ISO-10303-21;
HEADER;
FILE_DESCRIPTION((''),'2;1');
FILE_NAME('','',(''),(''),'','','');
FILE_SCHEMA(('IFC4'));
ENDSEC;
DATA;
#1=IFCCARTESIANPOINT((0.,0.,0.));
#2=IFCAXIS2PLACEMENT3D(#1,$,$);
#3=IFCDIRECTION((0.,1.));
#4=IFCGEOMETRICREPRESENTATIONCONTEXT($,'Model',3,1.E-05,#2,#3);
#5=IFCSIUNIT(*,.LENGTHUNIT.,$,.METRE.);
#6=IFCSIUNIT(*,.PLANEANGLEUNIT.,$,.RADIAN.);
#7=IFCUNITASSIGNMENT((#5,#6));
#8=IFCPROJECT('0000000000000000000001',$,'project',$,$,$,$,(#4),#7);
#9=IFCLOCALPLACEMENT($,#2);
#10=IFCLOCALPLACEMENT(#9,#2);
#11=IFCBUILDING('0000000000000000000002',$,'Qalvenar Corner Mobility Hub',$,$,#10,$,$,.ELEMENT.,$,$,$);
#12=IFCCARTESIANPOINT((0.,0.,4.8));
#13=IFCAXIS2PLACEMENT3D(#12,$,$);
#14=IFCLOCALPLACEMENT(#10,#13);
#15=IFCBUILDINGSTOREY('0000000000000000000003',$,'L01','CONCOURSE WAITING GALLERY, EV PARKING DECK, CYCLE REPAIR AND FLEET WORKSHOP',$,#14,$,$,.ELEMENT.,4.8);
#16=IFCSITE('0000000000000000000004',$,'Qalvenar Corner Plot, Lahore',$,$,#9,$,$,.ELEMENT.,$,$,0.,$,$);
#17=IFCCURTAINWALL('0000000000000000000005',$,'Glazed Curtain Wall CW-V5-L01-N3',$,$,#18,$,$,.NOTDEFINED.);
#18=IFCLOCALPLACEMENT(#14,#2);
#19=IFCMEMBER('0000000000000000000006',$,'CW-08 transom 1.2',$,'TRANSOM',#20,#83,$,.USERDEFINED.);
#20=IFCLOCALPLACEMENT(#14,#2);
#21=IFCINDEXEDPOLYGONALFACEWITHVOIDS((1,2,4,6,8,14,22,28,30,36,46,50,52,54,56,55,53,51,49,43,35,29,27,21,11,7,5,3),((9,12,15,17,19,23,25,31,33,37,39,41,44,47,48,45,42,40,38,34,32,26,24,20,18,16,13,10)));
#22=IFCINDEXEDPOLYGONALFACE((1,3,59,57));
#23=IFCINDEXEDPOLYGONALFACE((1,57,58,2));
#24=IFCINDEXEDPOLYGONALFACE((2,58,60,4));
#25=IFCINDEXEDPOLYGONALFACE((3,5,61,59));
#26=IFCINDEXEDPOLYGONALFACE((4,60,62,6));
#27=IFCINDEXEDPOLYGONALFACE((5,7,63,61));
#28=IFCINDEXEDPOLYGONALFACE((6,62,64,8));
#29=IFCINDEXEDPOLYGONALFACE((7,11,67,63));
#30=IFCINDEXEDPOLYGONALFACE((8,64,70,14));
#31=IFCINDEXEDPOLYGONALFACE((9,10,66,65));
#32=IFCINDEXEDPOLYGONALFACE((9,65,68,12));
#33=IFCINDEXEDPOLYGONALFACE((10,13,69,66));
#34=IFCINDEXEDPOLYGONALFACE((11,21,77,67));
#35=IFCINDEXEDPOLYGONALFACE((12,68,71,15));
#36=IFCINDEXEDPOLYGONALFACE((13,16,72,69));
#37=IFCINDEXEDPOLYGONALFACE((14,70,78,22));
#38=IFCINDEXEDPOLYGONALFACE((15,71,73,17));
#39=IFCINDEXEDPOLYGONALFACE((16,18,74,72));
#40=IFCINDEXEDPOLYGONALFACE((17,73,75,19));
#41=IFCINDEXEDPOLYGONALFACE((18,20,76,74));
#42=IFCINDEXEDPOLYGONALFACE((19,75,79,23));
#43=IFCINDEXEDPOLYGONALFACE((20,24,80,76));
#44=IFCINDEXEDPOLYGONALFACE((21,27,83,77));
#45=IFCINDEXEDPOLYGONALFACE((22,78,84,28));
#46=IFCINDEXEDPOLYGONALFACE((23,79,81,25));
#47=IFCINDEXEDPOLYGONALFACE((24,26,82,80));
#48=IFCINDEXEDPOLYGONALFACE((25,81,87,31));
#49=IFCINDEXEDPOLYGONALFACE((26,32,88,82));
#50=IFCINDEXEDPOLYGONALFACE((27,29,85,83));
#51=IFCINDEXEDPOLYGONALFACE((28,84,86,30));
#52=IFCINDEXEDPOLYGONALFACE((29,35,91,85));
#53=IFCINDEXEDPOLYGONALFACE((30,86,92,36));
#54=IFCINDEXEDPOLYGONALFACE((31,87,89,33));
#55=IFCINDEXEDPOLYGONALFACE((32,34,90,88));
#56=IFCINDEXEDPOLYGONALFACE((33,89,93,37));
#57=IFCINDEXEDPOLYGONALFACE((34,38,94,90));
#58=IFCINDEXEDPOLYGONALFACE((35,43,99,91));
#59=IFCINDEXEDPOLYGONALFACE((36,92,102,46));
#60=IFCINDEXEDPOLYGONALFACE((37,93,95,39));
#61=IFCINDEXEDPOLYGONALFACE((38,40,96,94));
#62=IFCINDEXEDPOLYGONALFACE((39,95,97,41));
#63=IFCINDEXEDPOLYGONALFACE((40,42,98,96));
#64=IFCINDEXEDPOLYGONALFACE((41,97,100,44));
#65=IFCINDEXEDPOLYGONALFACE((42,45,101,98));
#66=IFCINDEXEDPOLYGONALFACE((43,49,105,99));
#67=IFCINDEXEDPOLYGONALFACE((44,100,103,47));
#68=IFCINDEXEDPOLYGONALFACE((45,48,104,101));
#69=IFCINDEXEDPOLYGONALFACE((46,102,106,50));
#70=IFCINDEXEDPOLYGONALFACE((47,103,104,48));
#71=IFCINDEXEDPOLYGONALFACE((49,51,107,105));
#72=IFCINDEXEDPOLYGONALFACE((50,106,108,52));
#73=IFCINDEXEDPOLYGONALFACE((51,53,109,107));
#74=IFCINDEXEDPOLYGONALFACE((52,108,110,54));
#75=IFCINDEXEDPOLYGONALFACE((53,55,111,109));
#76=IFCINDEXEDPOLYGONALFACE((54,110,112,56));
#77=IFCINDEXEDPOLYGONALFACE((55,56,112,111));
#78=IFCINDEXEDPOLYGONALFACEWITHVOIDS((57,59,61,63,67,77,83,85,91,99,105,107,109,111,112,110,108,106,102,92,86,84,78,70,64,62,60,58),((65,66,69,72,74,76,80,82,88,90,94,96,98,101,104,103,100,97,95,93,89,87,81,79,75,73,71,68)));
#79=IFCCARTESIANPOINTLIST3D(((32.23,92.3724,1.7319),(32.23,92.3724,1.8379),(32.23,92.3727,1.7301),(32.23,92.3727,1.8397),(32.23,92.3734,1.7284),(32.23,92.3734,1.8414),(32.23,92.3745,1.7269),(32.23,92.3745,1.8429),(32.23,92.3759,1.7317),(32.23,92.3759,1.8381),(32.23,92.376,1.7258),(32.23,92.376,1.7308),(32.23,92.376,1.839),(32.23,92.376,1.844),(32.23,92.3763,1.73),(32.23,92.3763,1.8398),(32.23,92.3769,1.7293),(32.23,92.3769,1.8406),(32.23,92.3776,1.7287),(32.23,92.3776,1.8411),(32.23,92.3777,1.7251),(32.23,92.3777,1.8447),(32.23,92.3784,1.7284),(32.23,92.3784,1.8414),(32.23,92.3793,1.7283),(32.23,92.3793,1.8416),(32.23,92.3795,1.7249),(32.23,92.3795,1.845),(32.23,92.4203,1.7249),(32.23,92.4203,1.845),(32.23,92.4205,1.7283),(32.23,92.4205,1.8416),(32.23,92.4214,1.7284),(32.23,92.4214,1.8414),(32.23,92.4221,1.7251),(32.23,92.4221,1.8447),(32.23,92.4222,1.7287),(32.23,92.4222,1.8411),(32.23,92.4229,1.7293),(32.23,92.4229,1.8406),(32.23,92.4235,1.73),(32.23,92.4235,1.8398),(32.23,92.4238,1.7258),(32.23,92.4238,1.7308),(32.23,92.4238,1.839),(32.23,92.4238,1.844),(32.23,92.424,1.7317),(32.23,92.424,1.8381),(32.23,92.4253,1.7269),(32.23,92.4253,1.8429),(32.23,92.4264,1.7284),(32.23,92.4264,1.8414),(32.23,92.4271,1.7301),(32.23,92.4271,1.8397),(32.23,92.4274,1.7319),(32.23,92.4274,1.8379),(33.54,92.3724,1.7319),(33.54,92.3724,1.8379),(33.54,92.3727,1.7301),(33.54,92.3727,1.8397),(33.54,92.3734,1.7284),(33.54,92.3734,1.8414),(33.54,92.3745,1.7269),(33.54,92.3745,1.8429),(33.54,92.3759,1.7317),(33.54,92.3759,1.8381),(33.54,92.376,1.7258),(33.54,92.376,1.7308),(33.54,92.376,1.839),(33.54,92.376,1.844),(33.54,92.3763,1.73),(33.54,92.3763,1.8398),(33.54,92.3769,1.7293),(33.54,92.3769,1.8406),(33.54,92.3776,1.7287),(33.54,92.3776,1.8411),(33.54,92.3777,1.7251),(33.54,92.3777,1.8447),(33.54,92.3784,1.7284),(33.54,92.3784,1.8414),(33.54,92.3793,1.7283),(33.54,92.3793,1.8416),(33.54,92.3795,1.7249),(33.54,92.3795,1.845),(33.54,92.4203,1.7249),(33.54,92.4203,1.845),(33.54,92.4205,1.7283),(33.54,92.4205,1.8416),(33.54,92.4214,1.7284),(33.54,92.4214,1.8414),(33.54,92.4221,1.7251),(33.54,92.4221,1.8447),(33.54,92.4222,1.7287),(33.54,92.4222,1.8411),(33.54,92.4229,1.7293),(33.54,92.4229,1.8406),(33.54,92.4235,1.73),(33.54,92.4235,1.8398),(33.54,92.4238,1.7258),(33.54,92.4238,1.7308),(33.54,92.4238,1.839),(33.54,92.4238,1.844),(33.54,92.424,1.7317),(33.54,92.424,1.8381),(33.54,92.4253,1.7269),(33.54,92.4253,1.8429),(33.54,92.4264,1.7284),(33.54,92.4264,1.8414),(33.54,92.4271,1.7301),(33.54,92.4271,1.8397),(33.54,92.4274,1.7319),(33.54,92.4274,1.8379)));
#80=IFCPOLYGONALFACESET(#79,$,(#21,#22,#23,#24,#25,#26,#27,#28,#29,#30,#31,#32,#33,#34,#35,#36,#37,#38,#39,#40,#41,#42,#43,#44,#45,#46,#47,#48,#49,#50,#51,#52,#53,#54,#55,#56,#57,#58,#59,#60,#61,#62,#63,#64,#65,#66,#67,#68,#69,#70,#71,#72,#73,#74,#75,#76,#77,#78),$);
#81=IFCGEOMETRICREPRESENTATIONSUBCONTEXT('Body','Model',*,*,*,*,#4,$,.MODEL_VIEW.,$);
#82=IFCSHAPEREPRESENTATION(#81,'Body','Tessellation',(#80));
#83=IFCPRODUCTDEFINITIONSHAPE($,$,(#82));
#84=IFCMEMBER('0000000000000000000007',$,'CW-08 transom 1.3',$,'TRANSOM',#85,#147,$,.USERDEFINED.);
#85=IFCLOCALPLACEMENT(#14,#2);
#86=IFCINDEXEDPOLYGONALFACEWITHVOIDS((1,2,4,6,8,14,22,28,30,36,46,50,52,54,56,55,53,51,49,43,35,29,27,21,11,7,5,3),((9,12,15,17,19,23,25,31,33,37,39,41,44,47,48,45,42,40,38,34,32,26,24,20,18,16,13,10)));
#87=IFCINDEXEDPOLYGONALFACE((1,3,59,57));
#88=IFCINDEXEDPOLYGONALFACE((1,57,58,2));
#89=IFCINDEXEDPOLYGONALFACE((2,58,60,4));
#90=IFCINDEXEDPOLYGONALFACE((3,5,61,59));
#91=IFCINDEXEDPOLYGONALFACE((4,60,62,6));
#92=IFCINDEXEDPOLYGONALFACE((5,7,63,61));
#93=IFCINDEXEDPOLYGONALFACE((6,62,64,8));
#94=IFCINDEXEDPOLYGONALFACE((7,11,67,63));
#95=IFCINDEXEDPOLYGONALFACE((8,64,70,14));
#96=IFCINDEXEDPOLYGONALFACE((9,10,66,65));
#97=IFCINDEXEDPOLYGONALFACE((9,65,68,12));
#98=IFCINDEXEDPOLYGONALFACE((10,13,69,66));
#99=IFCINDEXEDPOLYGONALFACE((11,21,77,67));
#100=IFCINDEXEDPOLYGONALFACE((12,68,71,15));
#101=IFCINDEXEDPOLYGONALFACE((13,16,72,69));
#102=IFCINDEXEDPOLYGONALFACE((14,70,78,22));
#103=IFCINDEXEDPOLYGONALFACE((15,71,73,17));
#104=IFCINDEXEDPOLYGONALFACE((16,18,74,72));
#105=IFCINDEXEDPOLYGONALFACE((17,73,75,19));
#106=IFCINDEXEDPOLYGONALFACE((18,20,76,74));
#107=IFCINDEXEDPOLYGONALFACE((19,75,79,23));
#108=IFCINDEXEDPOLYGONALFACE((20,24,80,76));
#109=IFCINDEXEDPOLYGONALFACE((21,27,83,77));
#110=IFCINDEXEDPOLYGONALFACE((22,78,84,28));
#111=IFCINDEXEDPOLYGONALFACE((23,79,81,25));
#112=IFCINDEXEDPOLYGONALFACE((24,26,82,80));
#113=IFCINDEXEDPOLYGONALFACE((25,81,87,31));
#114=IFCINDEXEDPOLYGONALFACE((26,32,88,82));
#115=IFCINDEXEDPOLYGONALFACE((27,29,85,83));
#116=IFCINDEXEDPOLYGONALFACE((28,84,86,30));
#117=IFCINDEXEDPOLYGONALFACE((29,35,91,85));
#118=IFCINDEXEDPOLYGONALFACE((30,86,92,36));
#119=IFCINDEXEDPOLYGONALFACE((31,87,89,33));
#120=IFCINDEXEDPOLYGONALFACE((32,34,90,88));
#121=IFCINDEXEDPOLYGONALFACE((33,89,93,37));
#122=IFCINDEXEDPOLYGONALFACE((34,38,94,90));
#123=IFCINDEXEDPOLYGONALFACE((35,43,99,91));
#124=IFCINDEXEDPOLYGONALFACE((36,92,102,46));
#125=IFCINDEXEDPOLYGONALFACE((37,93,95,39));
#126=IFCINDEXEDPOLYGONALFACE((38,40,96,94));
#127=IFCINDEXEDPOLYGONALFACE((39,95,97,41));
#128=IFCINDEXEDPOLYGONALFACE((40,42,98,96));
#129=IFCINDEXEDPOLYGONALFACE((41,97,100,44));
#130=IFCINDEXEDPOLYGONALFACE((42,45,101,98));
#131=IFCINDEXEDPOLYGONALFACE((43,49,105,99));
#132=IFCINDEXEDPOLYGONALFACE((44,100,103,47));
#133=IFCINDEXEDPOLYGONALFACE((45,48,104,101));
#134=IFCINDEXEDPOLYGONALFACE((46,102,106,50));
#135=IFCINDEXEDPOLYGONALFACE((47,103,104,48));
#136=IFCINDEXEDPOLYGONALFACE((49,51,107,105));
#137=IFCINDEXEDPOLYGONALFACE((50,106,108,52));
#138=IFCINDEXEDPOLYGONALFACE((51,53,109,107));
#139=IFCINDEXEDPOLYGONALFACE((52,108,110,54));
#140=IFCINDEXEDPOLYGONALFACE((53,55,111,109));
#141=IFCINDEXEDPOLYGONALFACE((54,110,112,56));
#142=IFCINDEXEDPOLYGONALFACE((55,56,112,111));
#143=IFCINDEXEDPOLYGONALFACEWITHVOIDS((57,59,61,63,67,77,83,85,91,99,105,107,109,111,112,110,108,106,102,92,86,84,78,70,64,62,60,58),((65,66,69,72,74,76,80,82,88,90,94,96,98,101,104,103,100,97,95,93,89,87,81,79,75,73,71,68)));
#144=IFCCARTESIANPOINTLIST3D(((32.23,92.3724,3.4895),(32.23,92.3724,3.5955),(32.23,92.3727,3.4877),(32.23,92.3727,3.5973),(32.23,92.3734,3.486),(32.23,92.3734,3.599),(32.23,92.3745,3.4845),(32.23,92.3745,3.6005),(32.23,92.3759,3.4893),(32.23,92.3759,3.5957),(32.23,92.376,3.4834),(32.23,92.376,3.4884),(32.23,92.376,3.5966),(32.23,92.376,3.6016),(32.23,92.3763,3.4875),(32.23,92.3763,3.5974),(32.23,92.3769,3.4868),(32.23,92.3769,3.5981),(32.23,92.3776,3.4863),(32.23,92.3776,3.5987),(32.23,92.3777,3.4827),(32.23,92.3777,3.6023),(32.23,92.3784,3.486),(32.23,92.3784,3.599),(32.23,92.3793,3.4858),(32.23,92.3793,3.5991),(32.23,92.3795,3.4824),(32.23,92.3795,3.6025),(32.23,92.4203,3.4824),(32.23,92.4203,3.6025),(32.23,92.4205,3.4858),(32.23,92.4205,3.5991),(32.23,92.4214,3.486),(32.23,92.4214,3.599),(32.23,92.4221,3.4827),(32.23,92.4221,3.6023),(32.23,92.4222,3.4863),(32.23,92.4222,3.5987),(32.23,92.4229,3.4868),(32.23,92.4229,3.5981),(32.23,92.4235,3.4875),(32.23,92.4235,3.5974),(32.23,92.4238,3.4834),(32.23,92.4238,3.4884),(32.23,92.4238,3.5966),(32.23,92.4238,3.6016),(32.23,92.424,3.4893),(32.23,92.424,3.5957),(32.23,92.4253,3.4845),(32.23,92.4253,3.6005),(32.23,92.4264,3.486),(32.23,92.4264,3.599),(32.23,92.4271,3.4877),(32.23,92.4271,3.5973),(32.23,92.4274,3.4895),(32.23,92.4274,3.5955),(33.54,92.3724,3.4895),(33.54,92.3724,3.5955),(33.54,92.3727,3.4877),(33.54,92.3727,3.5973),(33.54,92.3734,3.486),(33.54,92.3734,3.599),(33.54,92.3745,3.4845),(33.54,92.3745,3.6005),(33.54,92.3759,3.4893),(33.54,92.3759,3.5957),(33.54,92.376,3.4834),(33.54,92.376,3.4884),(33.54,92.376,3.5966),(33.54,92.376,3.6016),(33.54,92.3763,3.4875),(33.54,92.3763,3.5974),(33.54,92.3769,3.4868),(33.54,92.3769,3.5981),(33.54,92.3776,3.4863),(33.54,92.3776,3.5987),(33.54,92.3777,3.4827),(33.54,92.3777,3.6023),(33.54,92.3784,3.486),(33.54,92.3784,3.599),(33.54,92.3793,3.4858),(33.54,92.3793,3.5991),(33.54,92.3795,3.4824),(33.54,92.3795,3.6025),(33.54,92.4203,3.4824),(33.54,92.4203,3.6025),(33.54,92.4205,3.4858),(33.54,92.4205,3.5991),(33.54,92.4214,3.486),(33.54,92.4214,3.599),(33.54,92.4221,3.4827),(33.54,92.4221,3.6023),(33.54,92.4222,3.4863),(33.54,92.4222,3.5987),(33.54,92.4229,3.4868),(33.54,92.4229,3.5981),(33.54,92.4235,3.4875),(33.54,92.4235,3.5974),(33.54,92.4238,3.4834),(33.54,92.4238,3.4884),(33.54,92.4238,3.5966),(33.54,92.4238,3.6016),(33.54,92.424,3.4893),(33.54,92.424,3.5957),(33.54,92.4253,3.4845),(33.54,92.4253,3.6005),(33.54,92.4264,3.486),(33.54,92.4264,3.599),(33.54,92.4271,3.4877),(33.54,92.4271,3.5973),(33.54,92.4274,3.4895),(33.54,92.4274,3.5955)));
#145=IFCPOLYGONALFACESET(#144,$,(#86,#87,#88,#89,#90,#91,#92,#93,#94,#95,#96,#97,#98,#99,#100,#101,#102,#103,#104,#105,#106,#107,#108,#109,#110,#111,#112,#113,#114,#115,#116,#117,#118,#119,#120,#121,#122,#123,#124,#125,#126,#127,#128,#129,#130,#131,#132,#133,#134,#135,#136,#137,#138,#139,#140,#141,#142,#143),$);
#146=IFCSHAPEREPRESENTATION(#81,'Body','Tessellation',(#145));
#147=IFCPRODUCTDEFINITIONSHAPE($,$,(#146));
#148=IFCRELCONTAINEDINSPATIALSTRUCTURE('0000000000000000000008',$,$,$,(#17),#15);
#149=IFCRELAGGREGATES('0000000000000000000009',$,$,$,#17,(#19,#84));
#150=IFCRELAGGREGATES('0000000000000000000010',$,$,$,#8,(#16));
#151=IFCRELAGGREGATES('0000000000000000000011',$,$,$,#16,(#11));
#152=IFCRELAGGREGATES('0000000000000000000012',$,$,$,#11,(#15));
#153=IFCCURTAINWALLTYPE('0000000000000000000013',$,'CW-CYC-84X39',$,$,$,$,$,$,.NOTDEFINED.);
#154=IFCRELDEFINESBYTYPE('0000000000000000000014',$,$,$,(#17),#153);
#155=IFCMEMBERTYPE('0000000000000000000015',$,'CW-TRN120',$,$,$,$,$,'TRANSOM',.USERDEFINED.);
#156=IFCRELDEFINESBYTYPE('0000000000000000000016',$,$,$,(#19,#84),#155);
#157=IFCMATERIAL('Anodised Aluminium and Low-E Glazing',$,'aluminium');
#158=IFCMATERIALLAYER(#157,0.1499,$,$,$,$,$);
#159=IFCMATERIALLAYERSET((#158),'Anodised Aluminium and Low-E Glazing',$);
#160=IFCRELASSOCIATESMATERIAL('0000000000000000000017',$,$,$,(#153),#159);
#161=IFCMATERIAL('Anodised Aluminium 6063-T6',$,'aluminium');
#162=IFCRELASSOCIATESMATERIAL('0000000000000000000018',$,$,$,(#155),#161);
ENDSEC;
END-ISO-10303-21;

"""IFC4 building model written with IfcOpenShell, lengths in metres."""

from ifc_helpers import new_model, si_unit, direction, frame, origin, origin_2d, place, context, subcontext, project, spatial, hollow_rectangle, extrude, material, layer, layer_set, material_profile, profile_set, type_object, element, aggregate, save


model = new_model("IFC4")

# Units and contexts
model_context = context("Model", 3, precision=1e-05, world=origin(), true_north=direction((0.0, 1.0)))
body_context = subcontext(model_context, "Body", "Model", "MODEL_VIEW")
ifc_project = project(units=[si_unit("LENGTHUNIT", "METRE"), si_unit("PLANEANGLEUNIT", "RADIAN")], contexts=[model_context])

# Site, building, storey
site_placement = place(None, origin())
site = spatial("IfcSite", under=ifc_project, at=site_placement, Name="Qalvenar Corner Plot, Lahore", CompositionType="ELEMENT", RefElevation=0.0)
building_placement = place(site_placement, origin())
building = spatial("IfcBuilding", under=site, at=building_placement, Name="Qalvenar Corner Mobility Hub", CompositionType="ELEMENT")
storey_placement = place(building_placement, frame((0.0, 0.0, 4.8)))
storey = spatial("IfcBuildingStorey", under=building, at=storey_placement, Name="L01", Description="CONCOURSE WAITING GALLERY, EV PARKING DECK, CYCLE REPAIR AND FLEET WORKSHOP", CompositionType="ELEMENT", Elevation=4.8)

# Curtain wall
ifc_material_1 = material(Name="Anodised Aluminium and Low-E Glazing", Category="aluminium")
ifc_layer_1 = layer(ifc_material_1, 0.1499)
ifc_layer_set_1 = layer_set([ifc_layer_1], Name="Anodised Aluminium and Low-E Glazing")
curtain_wall_type = type_object("IfcCurtainWallType", Name="CW-CYC-84X39", PredefinedType="NOTDEFINED", material=ifc_layer_set_1)
ifc_material_2 = material(Name="Anodised Aluminium 6063-T6", Category="aluminium")
curtain_wall_1_placement = place(storey_placement, origin())
curtain_wall_1 = element("IfcCurtainWall", 1, at=curtain_wall_1_placement, inside=storey, type_object=curtain_wall_type, Name="Glazed Curtain Wall CW-V5-L01-N3", PredefinedType="NOTDEFINED")

# Members
ifc_material_profile_1 = material_profile(ifc_material_2, hollow_rectangle(XDim=0.0549, YDim=0.1201, WallThickness=0.0034, InnerFilletRadius=0.0034, OuterFilletRadius=0.0071, at=origin_2d()), Name="RHS120x55x3.5")
ifc_profile_set_1 = profile_set([ifc_material_profile_1], Name="Anodised Aluminium 6063-T6")
member_type_1 = type_object("IfcMemberType", Name="CW-TRN120", ElementType="TRANSOM", PredefinedType="USERDEFINED", material=ifc_profile_set_1)
member_1_placement = place(storey_placement, frame((33.54, 92.3999, 1.7849), z_axis=(-1.0, 0.0, 0.0), x_axis=(0.0, -1.0, 0.0)))
member_1 = element("IfcMember", 2, at=member_1_placement, type_object=member_type_1, Name="CW-08 transom 1.2", ObjectType="TRANSOM", PredefinedType="USERDEFINED", context=body_context, shape_type="SweptSolid", body=[
    extrude(hollow_rectangle(XDim=0.0549, YDim=0.1201, WallThickness=0.0034, InnerFilletRadius=0.0034, OuterFilletRadius=0.0071, at=origin_2d()), origin(), (0.0, 0.0, 1.0), 1.3101),
])
member_2_placement = place(storey_placement, frame((33.54, 92.3999, 3.5425), z_axis=(-1.0, 0.0, 0.0), x_axis=(0.0, -1.0, 0.0)))
member_2 = element("IfcMember", 3, at=member_2_placement, type_object=member_type_1, Name="CW-08 transom 1.3", ObjectType="TRANSOM", PredefinedType="USERDEFINED", context=body_context, shape_type="SweptSolid", body=[
    extrude(hollow_rectangle(XDim=0.0549, YDim=0.1201, WallThickness=0.0034, InnerFilletRadius=0.0034, OuterFilletRadius=0.0071, at=origin_2d()), origin(), (0.0, 0.0, 1.0), 1.3101),
])

aggregate(curtain_wall_1, [member_1, member_2])

save(model, "model.ifc")
